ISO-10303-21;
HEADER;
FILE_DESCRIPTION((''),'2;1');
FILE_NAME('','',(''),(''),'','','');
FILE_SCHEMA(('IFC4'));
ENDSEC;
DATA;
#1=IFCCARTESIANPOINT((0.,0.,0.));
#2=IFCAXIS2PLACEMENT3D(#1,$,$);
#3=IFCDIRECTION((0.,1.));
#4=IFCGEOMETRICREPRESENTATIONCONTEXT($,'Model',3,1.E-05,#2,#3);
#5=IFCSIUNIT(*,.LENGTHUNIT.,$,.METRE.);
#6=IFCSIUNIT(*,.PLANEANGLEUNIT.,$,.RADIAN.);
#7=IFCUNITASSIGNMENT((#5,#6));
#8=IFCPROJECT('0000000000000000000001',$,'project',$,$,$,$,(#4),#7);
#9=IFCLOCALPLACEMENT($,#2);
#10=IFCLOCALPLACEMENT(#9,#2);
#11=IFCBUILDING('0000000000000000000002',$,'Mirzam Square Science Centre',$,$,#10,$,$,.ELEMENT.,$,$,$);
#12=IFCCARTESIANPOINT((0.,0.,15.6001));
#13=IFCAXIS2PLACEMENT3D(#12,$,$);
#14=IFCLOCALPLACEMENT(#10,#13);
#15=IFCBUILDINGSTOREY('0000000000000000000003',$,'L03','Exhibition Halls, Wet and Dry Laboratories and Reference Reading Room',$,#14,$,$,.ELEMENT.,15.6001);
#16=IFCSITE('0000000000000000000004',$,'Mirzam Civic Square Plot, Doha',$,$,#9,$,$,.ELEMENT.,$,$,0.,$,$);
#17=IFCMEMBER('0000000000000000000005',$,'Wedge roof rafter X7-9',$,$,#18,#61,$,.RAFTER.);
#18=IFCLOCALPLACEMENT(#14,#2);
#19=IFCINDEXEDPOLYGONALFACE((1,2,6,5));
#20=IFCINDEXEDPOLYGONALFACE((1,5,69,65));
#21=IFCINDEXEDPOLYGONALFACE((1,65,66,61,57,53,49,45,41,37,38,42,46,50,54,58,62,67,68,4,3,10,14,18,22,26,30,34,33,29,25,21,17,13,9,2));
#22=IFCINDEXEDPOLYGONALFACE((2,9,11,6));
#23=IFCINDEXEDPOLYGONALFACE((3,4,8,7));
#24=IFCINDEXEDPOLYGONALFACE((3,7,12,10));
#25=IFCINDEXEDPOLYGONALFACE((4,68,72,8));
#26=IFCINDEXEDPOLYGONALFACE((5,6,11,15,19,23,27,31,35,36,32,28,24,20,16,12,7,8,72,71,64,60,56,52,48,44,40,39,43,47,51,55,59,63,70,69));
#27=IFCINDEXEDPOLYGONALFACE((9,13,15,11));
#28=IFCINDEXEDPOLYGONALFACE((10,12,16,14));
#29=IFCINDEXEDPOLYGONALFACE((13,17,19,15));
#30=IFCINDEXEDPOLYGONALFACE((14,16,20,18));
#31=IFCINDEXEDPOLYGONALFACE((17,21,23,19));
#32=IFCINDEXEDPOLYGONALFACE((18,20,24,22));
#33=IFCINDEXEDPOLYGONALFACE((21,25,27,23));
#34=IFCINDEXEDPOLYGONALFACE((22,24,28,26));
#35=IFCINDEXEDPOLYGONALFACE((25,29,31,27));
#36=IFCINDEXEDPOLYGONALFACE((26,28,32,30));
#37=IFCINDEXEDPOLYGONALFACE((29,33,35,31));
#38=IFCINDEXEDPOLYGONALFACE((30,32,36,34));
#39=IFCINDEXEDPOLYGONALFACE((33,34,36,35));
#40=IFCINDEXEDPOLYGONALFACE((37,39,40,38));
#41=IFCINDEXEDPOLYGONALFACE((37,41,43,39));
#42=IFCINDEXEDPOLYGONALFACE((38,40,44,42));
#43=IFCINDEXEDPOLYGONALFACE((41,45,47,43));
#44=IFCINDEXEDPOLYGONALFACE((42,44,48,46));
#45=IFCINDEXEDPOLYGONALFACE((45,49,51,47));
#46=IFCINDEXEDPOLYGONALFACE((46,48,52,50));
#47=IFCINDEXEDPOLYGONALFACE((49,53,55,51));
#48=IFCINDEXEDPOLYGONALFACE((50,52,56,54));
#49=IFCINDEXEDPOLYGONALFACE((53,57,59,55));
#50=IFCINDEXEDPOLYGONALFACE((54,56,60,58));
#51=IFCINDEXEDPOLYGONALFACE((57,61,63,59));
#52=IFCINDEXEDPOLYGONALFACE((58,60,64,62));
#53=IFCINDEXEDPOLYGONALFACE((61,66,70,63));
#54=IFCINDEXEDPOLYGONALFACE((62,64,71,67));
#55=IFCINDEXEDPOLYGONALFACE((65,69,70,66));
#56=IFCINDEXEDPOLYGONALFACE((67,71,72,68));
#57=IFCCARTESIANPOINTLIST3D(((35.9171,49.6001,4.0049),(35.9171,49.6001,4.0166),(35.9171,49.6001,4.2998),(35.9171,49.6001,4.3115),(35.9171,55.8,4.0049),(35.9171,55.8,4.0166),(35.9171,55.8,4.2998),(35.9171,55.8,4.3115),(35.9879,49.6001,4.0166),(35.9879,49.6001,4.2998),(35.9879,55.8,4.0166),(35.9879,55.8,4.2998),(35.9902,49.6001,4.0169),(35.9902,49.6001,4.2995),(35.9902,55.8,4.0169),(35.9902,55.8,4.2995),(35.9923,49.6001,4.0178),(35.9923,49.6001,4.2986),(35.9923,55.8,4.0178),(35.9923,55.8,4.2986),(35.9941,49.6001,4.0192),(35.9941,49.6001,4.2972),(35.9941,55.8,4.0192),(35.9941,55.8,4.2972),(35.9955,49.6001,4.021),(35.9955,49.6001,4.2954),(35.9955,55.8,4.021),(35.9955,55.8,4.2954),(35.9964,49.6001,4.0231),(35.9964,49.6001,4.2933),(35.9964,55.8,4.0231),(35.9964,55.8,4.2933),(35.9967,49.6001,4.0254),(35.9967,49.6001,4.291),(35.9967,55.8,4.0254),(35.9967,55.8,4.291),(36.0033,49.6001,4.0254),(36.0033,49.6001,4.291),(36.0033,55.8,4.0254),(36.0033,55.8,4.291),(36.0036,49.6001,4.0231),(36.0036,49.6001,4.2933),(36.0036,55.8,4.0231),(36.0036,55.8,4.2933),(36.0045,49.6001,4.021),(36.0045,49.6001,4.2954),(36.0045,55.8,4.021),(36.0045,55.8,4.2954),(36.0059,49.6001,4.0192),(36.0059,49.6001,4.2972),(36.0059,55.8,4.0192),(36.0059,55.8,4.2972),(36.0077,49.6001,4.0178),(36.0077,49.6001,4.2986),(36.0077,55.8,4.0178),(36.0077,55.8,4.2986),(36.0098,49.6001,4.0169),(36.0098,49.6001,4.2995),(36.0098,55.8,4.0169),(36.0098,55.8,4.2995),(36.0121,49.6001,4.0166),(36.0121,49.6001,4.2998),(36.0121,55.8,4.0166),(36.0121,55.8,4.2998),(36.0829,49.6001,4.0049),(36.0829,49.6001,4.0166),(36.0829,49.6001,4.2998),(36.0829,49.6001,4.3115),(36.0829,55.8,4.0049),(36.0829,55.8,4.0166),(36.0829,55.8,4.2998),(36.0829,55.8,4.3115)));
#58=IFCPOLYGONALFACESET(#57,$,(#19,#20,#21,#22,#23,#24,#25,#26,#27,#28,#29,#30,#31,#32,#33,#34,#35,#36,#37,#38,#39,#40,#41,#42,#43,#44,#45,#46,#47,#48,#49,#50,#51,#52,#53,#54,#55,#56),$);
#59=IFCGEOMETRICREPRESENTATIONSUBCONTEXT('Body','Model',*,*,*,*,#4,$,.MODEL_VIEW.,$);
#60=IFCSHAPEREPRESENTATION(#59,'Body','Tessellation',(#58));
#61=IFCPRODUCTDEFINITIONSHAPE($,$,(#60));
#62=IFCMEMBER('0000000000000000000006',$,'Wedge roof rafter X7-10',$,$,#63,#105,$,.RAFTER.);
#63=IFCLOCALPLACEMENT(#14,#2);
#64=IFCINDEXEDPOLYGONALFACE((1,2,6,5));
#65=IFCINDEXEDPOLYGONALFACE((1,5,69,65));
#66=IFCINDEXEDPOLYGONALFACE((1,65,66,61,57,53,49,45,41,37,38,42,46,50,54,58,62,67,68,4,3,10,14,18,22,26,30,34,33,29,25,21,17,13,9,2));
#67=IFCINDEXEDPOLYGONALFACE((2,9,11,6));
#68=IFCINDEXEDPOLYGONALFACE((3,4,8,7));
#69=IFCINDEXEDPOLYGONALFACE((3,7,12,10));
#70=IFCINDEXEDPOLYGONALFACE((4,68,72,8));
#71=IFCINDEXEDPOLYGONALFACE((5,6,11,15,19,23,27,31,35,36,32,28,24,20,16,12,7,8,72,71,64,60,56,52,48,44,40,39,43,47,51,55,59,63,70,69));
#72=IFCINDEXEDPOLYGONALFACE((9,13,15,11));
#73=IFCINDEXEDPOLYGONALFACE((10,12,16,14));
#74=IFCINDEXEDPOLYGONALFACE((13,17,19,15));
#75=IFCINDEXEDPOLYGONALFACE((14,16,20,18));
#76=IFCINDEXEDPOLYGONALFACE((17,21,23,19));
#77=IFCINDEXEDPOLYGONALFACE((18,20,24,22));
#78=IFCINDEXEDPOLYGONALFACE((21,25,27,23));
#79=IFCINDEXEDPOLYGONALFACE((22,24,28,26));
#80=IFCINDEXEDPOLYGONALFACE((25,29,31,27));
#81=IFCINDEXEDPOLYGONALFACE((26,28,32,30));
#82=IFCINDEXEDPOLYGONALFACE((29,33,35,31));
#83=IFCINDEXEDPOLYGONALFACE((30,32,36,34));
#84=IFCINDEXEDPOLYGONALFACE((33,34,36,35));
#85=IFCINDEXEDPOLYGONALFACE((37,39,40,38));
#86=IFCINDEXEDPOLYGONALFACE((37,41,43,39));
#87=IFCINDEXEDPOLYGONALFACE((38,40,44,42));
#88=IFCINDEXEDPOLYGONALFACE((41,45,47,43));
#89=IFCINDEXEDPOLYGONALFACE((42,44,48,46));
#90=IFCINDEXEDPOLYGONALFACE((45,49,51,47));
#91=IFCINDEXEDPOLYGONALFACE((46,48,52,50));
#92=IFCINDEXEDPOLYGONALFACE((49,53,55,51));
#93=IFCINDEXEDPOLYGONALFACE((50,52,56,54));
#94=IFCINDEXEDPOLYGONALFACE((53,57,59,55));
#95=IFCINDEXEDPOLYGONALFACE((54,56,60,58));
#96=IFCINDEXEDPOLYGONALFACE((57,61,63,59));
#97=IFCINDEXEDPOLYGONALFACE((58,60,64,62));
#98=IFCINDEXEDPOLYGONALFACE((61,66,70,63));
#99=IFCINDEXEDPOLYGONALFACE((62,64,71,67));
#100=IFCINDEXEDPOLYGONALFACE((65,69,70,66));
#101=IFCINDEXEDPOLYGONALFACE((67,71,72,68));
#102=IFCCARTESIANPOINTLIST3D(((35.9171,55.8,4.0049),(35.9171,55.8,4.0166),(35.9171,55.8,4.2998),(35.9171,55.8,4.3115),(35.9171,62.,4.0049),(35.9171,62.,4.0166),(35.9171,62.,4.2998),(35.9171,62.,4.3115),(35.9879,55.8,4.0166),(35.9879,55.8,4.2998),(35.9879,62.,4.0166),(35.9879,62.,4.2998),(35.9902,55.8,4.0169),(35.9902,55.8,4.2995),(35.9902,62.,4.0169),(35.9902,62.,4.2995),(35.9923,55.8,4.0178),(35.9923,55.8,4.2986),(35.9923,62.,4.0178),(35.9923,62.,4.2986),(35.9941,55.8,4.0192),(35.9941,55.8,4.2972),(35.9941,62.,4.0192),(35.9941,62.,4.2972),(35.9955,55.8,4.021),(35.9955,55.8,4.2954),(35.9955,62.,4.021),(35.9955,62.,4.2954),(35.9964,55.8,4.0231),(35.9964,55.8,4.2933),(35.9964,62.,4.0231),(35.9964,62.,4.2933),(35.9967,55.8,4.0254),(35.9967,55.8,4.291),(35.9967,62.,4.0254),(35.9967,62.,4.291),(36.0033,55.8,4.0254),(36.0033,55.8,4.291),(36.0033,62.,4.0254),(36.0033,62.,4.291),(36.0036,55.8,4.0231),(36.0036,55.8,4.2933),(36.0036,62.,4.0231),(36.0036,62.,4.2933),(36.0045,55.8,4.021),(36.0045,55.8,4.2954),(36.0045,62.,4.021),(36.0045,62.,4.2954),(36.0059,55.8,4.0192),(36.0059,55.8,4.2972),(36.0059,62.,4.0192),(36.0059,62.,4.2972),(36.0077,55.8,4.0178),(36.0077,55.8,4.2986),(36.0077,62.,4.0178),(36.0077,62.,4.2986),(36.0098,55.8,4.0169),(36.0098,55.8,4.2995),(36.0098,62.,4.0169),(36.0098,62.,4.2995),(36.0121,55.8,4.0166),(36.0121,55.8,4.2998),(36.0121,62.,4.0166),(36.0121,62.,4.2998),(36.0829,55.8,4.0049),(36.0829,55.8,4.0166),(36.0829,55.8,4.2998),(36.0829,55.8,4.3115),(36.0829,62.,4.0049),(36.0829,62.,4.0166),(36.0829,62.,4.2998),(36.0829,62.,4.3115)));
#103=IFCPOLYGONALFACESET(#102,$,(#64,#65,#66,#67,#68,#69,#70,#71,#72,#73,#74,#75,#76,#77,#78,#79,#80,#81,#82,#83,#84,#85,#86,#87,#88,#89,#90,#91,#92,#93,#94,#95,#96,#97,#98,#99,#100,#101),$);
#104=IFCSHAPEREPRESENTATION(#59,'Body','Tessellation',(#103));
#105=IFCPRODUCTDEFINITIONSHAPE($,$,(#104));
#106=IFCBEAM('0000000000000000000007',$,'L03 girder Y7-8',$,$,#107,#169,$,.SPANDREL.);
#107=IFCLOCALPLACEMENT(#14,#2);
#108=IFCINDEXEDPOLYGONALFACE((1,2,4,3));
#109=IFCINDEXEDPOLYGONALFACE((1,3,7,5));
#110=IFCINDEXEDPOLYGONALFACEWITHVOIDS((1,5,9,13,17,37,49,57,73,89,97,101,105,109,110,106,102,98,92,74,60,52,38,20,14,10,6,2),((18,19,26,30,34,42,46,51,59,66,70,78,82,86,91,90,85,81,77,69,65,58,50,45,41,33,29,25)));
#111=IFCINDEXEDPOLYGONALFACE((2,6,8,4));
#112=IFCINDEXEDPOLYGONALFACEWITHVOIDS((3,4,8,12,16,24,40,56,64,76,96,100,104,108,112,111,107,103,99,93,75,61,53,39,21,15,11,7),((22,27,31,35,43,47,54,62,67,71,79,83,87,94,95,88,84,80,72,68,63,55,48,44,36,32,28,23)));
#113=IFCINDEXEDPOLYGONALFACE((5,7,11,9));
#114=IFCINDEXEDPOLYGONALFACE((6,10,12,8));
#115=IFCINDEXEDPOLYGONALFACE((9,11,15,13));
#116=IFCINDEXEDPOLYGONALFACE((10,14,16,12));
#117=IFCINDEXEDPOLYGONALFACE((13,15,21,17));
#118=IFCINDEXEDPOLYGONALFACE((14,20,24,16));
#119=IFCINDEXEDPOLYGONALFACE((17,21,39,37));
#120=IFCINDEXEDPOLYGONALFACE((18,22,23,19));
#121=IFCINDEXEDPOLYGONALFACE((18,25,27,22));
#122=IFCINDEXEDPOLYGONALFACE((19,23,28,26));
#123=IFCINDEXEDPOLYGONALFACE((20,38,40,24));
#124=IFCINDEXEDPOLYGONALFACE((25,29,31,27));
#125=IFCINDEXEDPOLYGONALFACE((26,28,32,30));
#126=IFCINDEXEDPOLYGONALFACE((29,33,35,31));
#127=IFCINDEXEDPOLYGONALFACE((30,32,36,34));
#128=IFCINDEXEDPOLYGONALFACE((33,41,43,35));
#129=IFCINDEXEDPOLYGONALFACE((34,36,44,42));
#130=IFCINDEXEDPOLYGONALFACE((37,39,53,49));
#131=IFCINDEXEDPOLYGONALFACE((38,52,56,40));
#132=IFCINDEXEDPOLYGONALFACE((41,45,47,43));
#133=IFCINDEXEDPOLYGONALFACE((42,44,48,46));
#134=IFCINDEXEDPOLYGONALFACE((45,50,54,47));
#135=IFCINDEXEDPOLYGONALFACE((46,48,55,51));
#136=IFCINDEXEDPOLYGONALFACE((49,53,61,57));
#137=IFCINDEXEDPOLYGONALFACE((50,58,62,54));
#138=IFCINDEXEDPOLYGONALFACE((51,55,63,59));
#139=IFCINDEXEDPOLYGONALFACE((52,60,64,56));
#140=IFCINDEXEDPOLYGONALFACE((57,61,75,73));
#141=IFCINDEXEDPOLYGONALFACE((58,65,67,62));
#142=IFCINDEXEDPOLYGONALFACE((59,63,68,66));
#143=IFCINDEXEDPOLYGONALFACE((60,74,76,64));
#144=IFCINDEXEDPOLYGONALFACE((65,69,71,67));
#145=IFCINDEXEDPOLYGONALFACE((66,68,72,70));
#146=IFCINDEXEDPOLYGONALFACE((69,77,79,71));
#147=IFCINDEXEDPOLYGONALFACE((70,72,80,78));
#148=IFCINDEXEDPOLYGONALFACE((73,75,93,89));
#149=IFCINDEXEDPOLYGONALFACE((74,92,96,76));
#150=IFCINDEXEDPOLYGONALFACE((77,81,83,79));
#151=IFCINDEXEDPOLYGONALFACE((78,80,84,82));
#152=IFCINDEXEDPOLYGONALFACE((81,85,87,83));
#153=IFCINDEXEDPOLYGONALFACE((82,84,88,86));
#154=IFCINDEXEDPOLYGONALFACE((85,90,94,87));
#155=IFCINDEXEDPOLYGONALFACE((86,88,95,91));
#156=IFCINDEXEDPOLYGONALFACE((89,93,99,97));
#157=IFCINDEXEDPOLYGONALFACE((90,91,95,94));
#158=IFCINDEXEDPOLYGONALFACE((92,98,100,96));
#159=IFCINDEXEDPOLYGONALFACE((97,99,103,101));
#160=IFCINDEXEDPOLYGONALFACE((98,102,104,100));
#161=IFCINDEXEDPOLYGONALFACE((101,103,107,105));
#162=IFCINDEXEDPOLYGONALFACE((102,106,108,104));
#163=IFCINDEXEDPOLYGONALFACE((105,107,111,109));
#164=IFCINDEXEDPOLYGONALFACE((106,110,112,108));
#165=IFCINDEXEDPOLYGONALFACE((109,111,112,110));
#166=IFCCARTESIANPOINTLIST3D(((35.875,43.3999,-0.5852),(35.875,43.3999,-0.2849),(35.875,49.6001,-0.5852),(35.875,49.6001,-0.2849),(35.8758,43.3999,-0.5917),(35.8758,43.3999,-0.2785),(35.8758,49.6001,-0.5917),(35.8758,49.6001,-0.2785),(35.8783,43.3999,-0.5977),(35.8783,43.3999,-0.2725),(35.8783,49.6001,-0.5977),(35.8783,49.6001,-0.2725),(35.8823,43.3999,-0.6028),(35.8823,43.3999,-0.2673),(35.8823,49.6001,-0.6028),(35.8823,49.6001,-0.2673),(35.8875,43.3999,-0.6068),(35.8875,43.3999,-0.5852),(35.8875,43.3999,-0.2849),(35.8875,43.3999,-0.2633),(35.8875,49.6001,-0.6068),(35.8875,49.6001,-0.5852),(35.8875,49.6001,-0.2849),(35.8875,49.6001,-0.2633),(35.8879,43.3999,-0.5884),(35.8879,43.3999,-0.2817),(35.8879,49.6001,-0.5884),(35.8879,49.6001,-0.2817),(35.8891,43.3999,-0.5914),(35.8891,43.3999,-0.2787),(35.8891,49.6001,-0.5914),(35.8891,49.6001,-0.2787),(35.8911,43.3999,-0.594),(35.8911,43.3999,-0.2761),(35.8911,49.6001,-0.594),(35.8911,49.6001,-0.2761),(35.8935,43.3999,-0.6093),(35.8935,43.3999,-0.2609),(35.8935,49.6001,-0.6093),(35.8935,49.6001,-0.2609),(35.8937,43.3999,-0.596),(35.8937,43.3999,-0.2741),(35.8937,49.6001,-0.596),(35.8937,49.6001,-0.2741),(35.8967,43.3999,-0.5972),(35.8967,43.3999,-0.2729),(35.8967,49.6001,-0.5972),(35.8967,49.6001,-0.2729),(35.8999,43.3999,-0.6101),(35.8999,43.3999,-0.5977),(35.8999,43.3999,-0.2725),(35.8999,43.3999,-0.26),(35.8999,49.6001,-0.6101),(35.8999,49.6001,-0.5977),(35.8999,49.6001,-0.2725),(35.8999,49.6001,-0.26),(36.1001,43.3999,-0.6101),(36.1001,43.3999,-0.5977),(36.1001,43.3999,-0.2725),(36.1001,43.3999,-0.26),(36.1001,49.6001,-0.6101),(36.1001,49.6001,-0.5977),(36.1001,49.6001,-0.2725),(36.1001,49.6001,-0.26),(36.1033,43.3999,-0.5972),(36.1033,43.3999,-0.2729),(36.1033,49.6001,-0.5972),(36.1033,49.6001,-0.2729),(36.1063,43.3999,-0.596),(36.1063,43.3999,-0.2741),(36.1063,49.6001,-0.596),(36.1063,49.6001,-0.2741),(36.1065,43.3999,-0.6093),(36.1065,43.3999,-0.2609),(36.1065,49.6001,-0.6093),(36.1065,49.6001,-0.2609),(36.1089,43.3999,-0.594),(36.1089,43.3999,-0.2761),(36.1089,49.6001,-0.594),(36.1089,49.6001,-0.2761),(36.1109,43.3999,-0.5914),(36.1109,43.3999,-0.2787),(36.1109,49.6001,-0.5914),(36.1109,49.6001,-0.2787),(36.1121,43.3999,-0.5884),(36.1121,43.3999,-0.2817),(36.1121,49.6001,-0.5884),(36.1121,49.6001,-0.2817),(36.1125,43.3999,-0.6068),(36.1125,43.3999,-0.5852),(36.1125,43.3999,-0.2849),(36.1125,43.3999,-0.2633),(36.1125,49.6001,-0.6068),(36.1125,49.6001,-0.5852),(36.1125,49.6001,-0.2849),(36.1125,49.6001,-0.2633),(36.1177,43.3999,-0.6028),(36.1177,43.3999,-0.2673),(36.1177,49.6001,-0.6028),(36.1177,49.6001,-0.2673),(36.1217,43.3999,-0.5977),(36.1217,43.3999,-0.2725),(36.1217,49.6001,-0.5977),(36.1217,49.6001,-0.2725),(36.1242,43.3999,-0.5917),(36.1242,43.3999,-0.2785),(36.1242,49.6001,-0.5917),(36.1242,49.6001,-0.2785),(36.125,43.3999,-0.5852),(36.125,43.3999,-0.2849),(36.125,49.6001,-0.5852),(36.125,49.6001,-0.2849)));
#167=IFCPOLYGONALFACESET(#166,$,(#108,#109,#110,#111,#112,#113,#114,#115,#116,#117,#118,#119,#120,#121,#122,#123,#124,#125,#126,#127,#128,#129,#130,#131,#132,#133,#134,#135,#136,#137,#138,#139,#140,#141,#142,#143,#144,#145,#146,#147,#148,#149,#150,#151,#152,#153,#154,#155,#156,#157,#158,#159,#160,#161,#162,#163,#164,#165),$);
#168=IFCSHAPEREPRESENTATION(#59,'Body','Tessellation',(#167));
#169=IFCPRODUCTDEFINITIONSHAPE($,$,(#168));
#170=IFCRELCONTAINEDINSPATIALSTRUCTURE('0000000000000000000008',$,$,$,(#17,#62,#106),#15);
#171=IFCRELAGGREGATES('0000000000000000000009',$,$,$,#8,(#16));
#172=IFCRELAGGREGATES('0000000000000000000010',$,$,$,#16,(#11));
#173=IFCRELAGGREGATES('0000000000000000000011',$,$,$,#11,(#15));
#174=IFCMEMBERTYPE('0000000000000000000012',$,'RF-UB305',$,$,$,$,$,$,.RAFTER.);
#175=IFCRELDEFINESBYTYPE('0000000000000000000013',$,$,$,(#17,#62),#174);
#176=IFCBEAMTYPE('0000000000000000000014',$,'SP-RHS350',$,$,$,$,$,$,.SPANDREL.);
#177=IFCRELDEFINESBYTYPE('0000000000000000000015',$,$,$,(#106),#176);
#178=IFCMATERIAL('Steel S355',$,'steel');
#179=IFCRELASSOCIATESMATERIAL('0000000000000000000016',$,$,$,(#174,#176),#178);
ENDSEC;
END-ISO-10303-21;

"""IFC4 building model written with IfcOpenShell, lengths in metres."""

from ifc_helpers import new_model, si_unit, direction, frame, origin, origin_2d, place, context, subcontext, project, spatial, hollow_rectangle, i_section, extrude, material, material_profile, profile_set, type_object, element, save


model = new_model("IFC4")

# Units and contexts
model_context = context("Model", 3, precision=1e-05, world=origin(), true_north=direction((0.0, 1.0)))
body_context = subcontext(model_context, "Body", "Model", "MODEL_VIEW")
ifc_project = project(units=[si_unit("LENGTHUNIT", "METRE"), si_unit("PLANEANGLEUNIT", "RADIAN")], contexts=[model_context])

# Site, building, storey
site_placement = place(None, origin())
site = spatial("IfcSite", under=ifc_project, at=site_placement, Name="Mirzam Civic Square Plot, Doha", CompositionType="ELEMENT", RefElevation=0.0)
building_placement = place(site_placement, origin())
building = spatial("IfcBuilding", under=site, at=building_placement, Name="Mirzam Square Science Centre", CompositionType="ELEMENT")
storey_placement = place(building_placement, frame((0.0, 0.0, 15.6001)))
storey = spatial("IfcBuildingStorey", under=building, at=storey_placement, Name="L03", Description="Exhibition Halls, Wet and Dry Laboratories and Reference Reading Room", CompositionType="ELEMENT", Elevation=15.6001)

# Shared definitions
ifc_material_1 = material(Name="Steel S355", Category="steel")

# Members
ifc_material_profile_1 = material_profile(ifc_material_1, i_section(OverallWidth=0.1658, OverallDepth=0.3066, WebThickness=0.0066, FlangeThickness=0.0117, FilletRadius=0.0088, at=origin_2d()), Name="305x165x46UB")
ifc_profile_set_1 = profile_set([ifc_material_profile_1], Name="Steel S355")
member_type_1 = type_object("IfcMemberType", Name="RF-UB305", PredefinedType="RAFTER", material=ifc_profile_set_1)
for number, where, z_axis, x_axis, name in (
    (1, (36.0, 49.6001, 4.1582), (0.0, 1.0, 0.0), (-1.0, 0.0, 0.0), "Wedge roof rafter X7-9"),
    (2, (36.0, 55.8, 4.1582), (0.0, 1.0, 0.0), (-1.0, 0.0, 0.0), "Wedge roof rafter X7-10"),
):
    element("IfcMember", number, at=place(storey_placement, frame(where, z_axis=z_axis, x_axis=x_axis)), inside=storey, type_object=member_type_1, Name=name, PredefinedType="RAFTER", context=body_context, shape_type="SweptSolid", body=[
        extrude(i_section(OverallWidth=0.1658, OverallDepth=0.3066, WebThickness=0.0066, FlangeThickness=0.0117, FilletRadius=0.0088, at=origin_2d()), origin(), (0.0, 0.0, 1.0), 6.2),
    ])

# Beam
ifc_material_profile_2 = material_profile(ifc_material_1, hollow_rectangle(XDim=0.25, YDim=0.3501, WallThickness=0.0125, InnerFilletRadius=0.0125, OuterFilletRadius=0.0249, at=origin_2d()), Name="350x250x12.5RHS")
ifc_profile_set_2 = profile_set([ifc_material_profile_2], Name="Steel S355")
beam_type_1 = type_object("IfcBeamType", Name="SP-RHS350", PredefinedType="SPANDREL", material=ifc_profile_set_2)
beam_1_placement = place(storey_placement, frame((36.0, 43.3999, -0.4351), z_axis=(0.0, 1.0, 0.0), x_axis=(-1.0, 0.0, 0.0)))
element("IfcBeam", 3, at=beam_1_placement, inside=storey, type_object=beam_type_1, Name="L03 girder Y7-8", PredefinedType="SPANDREL", context=body_context, shape_type="SweptSolid", body=[
    extrude(hollow_rectangle(XDim=0.25, YDim=0.3501, WallThickness=0.0125, InnerFilletRadius=0.0125, OuterFilletRadius=0.0249, at=origin_2d()), origin(), (0.0, 0.0, 1.0), 6.2002),
])

save(model, "model.ifc")
